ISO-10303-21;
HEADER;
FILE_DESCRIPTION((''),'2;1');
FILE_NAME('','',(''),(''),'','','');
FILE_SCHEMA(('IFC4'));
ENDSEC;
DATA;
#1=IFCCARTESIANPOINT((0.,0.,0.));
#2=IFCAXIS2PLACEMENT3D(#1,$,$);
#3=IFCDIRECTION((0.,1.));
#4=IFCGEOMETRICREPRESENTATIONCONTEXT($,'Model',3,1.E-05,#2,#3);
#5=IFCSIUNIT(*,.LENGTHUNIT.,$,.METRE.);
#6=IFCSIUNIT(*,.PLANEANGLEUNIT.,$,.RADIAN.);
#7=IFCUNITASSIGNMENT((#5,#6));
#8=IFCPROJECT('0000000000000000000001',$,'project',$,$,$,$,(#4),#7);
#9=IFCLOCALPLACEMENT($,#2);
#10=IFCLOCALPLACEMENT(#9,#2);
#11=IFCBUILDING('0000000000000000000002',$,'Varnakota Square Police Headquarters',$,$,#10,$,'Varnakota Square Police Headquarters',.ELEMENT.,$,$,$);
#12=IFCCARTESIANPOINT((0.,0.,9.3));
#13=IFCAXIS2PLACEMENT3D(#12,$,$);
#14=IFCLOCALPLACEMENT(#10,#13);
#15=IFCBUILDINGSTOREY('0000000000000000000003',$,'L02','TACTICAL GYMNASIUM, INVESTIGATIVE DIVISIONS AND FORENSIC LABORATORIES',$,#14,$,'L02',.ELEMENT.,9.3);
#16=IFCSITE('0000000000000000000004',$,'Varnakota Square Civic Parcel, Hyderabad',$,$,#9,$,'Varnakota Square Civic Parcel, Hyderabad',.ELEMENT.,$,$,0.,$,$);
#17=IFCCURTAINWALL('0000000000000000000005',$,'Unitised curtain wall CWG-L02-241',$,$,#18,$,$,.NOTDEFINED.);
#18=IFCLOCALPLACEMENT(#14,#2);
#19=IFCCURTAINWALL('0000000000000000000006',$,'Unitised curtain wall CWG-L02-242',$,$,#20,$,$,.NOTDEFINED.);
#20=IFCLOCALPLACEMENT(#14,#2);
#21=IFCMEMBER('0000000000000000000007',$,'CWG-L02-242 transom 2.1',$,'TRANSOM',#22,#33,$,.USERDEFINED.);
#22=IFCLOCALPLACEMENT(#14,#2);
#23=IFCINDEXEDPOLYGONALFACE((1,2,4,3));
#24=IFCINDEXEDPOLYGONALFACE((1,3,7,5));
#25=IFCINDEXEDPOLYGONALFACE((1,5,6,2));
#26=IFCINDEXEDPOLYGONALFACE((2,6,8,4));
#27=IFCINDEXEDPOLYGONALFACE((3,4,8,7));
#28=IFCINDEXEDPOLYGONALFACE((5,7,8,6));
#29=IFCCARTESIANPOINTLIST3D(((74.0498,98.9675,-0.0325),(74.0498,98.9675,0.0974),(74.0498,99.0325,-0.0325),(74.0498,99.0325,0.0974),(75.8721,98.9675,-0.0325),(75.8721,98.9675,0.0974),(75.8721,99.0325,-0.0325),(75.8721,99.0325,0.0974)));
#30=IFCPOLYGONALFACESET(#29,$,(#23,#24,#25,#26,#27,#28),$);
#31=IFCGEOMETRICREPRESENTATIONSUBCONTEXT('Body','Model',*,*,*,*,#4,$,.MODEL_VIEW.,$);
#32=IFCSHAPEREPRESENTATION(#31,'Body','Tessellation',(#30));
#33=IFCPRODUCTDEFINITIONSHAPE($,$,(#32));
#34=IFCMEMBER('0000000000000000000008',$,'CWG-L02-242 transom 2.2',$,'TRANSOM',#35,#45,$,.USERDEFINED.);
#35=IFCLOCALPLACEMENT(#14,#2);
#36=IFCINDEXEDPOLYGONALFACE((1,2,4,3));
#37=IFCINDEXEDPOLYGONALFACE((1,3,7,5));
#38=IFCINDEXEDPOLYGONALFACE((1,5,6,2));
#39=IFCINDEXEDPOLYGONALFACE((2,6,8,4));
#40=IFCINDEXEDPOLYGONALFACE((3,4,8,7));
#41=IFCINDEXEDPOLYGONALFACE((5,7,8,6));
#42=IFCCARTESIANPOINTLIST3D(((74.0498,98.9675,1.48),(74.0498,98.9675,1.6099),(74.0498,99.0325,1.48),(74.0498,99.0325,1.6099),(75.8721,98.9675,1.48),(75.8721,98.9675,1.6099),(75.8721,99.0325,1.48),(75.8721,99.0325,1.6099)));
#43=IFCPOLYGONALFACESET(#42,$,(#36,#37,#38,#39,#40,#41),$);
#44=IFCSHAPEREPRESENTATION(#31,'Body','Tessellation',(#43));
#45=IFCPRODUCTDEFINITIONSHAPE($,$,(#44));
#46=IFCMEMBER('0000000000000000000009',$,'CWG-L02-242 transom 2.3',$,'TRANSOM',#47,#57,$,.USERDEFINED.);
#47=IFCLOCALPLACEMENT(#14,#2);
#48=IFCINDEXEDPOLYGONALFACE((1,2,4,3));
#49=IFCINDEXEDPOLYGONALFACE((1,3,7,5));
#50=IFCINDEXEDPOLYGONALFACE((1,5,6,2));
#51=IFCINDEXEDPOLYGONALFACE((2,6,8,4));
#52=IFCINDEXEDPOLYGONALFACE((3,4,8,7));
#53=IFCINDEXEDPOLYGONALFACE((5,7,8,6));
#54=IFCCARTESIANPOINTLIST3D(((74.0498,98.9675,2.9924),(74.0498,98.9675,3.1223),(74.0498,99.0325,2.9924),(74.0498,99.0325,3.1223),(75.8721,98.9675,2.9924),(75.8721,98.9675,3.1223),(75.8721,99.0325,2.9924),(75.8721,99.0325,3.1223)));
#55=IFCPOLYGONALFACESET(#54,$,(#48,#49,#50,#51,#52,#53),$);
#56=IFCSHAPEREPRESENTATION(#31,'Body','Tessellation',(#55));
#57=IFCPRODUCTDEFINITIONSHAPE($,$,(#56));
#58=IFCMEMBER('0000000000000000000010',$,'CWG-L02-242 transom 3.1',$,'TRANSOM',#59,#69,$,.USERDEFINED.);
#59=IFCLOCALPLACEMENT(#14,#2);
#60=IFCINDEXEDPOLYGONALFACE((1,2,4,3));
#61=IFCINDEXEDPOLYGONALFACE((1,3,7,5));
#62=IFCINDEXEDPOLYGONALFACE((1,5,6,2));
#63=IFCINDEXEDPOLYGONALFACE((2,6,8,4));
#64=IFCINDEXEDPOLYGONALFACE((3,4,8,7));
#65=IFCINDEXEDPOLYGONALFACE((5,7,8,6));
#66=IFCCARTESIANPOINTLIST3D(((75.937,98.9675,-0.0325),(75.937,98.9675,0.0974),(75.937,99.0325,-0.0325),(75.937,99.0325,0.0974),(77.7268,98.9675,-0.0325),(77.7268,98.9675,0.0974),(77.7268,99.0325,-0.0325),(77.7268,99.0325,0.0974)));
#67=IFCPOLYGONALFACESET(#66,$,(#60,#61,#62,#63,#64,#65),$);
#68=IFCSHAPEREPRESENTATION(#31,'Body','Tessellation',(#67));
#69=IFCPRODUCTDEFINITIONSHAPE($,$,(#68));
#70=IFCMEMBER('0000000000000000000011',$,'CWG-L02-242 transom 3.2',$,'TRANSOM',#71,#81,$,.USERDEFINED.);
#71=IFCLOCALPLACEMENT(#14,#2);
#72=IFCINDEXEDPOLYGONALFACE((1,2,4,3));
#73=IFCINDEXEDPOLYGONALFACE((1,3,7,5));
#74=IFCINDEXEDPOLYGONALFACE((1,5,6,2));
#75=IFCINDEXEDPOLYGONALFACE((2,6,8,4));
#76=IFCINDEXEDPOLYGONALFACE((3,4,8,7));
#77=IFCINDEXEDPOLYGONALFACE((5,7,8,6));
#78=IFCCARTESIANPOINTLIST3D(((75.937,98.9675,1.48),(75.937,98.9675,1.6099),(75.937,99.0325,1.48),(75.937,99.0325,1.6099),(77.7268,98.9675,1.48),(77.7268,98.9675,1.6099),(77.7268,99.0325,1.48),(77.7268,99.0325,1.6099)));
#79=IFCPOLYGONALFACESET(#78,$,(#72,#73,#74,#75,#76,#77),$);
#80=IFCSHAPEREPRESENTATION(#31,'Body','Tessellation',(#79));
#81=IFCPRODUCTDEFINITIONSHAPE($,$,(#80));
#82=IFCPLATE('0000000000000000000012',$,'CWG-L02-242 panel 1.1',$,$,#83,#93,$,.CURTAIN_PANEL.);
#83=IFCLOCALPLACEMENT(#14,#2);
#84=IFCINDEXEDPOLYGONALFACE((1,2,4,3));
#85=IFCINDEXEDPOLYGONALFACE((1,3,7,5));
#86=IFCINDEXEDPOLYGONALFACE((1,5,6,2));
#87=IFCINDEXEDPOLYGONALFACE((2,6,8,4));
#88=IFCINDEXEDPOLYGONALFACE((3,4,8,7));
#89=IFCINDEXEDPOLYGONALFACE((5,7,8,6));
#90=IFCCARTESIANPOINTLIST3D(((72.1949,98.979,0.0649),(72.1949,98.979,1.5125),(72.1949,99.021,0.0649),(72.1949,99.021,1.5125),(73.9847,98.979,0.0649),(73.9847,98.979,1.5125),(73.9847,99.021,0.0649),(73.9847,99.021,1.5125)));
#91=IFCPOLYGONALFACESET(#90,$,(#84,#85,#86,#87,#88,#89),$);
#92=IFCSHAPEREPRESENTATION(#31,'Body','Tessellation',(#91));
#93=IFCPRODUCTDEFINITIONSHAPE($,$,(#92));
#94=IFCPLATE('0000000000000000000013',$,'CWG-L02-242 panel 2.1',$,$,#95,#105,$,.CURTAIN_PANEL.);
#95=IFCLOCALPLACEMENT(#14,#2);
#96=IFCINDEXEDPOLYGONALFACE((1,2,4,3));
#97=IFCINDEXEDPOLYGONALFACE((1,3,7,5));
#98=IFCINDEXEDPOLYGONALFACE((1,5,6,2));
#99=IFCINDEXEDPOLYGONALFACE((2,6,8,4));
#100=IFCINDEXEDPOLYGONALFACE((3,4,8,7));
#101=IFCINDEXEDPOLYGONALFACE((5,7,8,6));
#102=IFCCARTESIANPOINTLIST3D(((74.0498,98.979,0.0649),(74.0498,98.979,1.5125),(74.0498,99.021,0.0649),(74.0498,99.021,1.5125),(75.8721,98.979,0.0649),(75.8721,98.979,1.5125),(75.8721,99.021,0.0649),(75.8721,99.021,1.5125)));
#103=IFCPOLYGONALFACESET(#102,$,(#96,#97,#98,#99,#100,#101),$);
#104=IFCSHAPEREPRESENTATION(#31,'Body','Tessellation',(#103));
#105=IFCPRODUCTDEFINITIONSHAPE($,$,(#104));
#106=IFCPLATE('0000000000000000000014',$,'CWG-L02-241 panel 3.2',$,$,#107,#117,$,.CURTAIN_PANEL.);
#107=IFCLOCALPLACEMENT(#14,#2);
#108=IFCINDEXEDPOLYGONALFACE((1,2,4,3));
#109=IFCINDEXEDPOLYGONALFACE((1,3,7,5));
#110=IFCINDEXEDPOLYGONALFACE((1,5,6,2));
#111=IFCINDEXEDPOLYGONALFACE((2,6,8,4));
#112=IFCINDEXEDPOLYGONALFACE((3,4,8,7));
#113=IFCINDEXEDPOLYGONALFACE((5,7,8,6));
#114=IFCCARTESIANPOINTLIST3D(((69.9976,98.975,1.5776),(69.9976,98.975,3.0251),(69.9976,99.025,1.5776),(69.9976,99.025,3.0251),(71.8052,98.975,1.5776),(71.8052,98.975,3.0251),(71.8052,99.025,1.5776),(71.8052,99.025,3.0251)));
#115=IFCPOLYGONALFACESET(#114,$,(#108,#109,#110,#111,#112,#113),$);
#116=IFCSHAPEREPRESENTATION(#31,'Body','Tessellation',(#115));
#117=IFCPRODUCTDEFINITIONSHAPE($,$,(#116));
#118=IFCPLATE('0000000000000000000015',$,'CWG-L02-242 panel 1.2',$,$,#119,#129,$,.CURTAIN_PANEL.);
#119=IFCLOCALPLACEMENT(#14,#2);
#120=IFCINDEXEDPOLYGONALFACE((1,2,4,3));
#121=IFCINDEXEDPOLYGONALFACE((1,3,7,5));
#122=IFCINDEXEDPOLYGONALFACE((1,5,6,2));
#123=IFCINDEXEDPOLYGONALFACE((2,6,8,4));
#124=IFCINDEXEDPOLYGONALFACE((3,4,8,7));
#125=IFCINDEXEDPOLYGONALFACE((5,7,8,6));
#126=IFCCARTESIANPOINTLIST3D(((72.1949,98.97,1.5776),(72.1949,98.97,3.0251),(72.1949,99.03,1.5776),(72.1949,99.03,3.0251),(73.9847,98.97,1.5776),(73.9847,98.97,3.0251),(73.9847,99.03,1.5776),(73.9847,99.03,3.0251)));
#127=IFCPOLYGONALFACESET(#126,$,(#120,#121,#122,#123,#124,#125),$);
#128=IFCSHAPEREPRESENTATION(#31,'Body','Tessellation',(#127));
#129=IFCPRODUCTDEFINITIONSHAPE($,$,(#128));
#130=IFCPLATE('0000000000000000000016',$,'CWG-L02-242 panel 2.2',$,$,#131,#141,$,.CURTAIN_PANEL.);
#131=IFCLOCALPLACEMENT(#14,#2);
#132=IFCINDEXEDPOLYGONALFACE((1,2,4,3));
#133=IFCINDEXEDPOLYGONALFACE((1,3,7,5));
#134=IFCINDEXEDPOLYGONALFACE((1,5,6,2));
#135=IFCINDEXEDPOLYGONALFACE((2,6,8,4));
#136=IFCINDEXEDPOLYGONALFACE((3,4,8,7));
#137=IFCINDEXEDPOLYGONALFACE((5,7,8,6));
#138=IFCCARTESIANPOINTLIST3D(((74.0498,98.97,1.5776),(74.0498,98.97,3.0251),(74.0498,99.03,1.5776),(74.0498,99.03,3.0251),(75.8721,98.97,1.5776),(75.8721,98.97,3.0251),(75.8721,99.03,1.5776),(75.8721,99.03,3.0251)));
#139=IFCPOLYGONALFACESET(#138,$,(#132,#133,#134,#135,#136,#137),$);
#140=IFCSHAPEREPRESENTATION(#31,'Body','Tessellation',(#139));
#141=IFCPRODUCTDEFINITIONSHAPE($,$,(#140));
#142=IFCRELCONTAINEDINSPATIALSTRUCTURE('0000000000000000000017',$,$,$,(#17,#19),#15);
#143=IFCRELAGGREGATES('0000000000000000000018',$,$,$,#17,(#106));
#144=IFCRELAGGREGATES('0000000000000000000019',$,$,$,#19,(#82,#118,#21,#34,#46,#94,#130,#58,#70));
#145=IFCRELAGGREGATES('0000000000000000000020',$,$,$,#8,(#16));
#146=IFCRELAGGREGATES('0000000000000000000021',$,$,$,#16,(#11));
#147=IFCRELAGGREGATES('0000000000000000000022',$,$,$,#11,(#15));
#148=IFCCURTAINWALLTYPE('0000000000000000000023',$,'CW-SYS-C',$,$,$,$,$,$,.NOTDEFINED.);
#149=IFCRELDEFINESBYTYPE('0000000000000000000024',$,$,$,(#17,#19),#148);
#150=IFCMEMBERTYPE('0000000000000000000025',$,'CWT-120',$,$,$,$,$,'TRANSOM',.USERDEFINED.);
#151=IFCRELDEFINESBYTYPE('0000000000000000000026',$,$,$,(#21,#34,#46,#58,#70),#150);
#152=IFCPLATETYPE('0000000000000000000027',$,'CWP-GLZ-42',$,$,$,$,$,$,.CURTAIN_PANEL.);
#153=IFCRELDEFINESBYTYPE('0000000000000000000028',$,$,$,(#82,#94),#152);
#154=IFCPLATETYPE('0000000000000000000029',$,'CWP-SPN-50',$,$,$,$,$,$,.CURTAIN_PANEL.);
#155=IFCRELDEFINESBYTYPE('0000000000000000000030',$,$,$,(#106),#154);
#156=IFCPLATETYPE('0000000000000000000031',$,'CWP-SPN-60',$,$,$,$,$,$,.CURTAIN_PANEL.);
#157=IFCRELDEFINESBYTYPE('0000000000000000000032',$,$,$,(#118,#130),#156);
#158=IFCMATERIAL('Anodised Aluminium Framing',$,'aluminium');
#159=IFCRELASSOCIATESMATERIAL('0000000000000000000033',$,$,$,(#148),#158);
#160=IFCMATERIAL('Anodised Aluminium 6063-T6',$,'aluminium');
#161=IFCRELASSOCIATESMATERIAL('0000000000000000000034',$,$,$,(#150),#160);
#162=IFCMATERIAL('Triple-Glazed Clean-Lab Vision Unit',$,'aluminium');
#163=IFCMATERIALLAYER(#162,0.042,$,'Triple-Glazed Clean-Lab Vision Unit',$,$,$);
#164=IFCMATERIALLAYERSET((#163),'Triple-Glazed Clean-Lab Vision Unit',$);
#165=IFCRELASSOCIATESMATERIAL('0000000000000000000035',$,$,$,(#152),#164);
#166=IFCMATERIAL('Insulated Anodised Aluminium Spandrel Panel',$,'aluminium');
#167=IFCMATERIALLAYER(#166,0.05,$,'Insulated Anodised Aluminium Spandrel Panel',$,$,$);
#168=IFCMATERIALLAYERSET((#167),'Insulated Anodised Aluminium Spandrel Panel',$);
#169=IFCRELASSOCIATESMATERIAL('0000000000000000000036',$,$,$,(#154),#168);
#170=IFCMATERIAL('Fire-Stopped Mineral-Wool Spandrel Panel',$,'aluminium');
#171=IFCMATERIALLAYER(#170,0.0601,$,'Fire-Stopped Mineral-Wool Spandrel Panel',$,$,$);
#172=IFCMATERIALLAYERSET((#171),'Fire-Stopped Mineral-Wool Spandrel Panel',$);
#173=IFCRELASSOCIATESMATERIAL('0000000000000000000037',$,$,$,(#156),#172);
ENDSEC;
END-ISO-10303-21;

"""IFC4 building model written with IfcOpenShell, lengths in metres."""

from ifc_helpers import new_model, si_unit, direction, frame, origin, origin_2d, place, context, subcontext, project, spatial, rectangle, extrude, material, layer, layer_set, material_profile, profile_set, type_object, element, aggregate, save


model = new_model("IFC4")

# Units and contexts
model_context = context("Model", 3, precision=1e-05, world=origin(), true_north=direction((0.0, 1.0)))
body_context = subcontext(model_context, "Body", "Model", "MODEL_VIEW")
ifc_project = project(units=[si_unit("LENGTHUNIT", "METRE"), si_unit("PLANEANGLEUNIT", "RADIAN")], contexts=[model_context])

# Site, building, storey
site_placement = place(None, origin())
site = spatial("IfcSite", under=ifc_project, at=site_placement, Name="Varnakota Square Civic Parcel, Hyderabad", LongName="Varnakota Square Civic Parcel, Hyderabad", CompositionType="ELEMENT", RefElevation=0.0)
building_placement = place(site_placement, origin())
building = spatial("IfcBuilding", under=site, at=building_placement, Name="Varnakota Square Police Headquarters", LongName="Varnakota Square Police Headquarters", CompositionType="ELEMENT")
storey_placement = place(building_placement, frame((0.0, 0.0, 9.3)))
storey = spatial("IfcBuildingStorey", under=building, at=storey_placement, Name="L02", Description="TACTICAL GYMNASIUM, INVESTIGATIVE DIVISIONS AND FORENSIC LABORATORIES", LongName="L02", CompositionType="ELEMENT", Elevation=9.3)

# Curtain wall
ifc_material_1 = material(Name="Anodised Aluminium Framing", Category="aluminium")
curtain_wall_type = type_object("IfcCurtainWallType", Name="CW-SYS-C", PredefinedType="NOTDEFINED", material=ifc_material_1)
curtain_wall_1_placement = place(storey_placement, origin())
curtain_wall_1 = element("IfcCurtainWall", 1, at=curtain_wall_1_placement, inside=storey, type_object=curtain_wall_type, Name="Unitised curtain wall CWG-L02-241", PredefinedType="NOTDEFINED")
ifc_material_2 = material(Name="Anodised Aluminium 6063-T6", Category="aluminium")

# Curtain wall, members, plates
curtain_wall_2_placement = place(storey_placement, origin())
curtain_wall_2 = element("IfcCurtainWall", 2, at=curtain_wall_2_placement, inside=storey, type_object=curtain_wall_type, Name="Unitised curtain wall CWG-L02-242", PredefinedType="NOTDEFINED")
ifc_material_profile_1 = material_profile(ifc_material_2, rectangle(XDim=0.0649, YDim=0.1299, at=origin_2d()), Name="ALU TRANSOM 65x130")
ifc_profile_set_1 = profile_set([ifc_material_profile_1], Name="Anodised Aluminium 6063-T6")
member_type_1 = type_object("IfcMemberType", Name="CWT-120", ElementType="TRANSOM", PredefinedType="USERDEFINED", material=ifc_profile_set_1)
member_1_placement = place(storey_placement, frame((74.0498, 99.0, 0.0325), z_axis=(1.0, 0.0, 0.0), x_axis=(0.0, 1.0, 0.0)))
member_1 = element("IfcMember", 3, at=member_1_placement, type_object=member_type_1, Name="CWG-L02-242 transom 2.1", ObjectType="TRANSOM", PredefinedType="USERDEFINED", context=body_context, shape_type="SweptSolid", body=[
    extrude(rectangle(XDim=0.0649, YDim=0.1299, at=origin_2d()), origin(), (0.0, 0.0, 1.0), 1.8223),
])
member_2_placement = place(storey_placement, frame((74.0498, 99.0, 1.5449), z_axis=(1.0, 0.0, 0.0), x_axis=(0.0, 1.0, 0.0)))
member_2 = element("IfcMember", 4, at=member_2_placement, type_object=member_type_1, Name="CWG-L02-242 transom 2.2", ObjectType="TRANSOM", PredefinedType="USERDEFINED", context=body_context, shape_type="SweptSolid", body=[
    extrude(rectangle(XDim=0.0649, YDim=0.1299, at=origin_2d()), origin(), (0.0, 0.0, 1.0), 1.8223),
])
member_3_placement = place(storey_placement, frame((74.0498, 99.0, 3.0574), z_axis=(1.0, 0.0, 0.0), x_axis=(0.0, 1.0, 0.0)))
member_3 = element("IfcMember", 5, at=member_3_placement, type_object=member_type_1, Name="CWG-L02-242 transom 2.3", ObjectType="TRANSOM", PredefinedType="USERDEFINED", context=body_context, shape_type="SweptSolid", body=[
    extrude(rectangle(XDim=0.0649, YDim=0.1299, at=origin_2d()), origin(), (0.0, 0.0, 1.0), 1.8223),
])
member_4_placement = place(storey_placement, frame((75.937, 99.0, 0.0325), z_axis=(1.0, 0.0, 0.0), x_axis=(0.0, 1.0, 0.0)))
member_4 = element("IfcMember", 6, at=member_4_placement, type_object=member_type_1, Name="CWG-L02-242 transom 3.1", ObjectType="TRANSOM", PredefinedType="USERDEFINED", context=body_context, shape_type="SweptSolid", body=[
    extrude(rectangle(XDim=0.0649, YDim=0.1299, at=origin_2d()), origin(), (0.0, 0.0, 1.0), 1.7898),
])
member_5_placement = place(storey_placement, frame((75.937, 99.0, 1.5449), z_axis=(1.0, 0.0, 0.0), x_axis=(0.0, 1.0, 0.0)))
member_5 = element("IfcMember", 7, at=member_5_placement, type_object=member_type_1, Name="CWG-L02-242 transom 3.2", ObjectType="TRANSOM", PredefinedType="USERDEFINED", context=body_context, shape_type="SweptSolid", body=[
    extrude(rectangle(XDim=0.0649, YDim=0.1299, at=origin_2d()), origin(), (0.0, 0.0, 1.0), 1.7898),
])
ifc_material_3 = material(Name="Triple-Glazed Clean-Lab Vision Unit", Category="aluminium")
ifc_layer_1 = layer(ifc_material_3, 0.042, Name="Triple-Glazed Clean-Lab Vision Unit")
ifc_layer_set_1 = layer_set([ifc_layer_1], Name="Triple-Glazed Clean-Lab Vision Unit")
plate_type_1 = type_object("IfcPlateType", Name="CWP-GLZ-42", PredefinedType="CURTAIN_PANEL", material=ifc_layer_set_1)
plate_1_placement = place(storey_placement, frame((73.0898, 99.0, 0.0649), z_axis=(0.0, 0.0, 1.0), x_axis=(1.0, 0.0, 0.0)))
plate_1 = element("IfcPlate", 8, at=plate_1_placement, type_object=plate_type_1, Name="CWG-L02-242 panel 1.1", PredefinedType="CURTAIN_PANEL", context=body_context, shape_type="SweptSolid", body=[
    extrude(rectangle(XDim=1.7898, YDim=0.042, at=origin_2d()), origin(), (0.0, 0.0, 1.0), 1.4475),
])
plate_2_placement = place(storey_placement, frame((74.9609, 99.0, 0.0649), z_axis=(0.0, 0.0, 1.0), x_axis=(1.0, 0.0, 0.0)))
plate_2 = element("IfcPlate", 9, at=plate_2_placement, type_object=plate_type_1, Name="CWG-L02-242 panel 2.1", PredefinedType="CURTAIN_PANEL", context=body_context, shape_type="SweptSolid", body=[
    extrude(rectangle(XDim=1.8223, YDim=0.042, at=origin_2d()), origin(), (0.0, 0.0, 1.0), 1.4475),
])

# Plates
ifc_material_4 = material(Name="Insulated Anodised Aluminium Spandrel Panel", Category="aluminium")
ifc_layer_2 = layer(ifc_material_4, 0.05, Name="Insulated Anodised Aluminium Spandrel Panel")
ifc_layer_set_2 = layer_set([ifc_layer_2], Name="Insulated Anodised Aluminium Spandrel Panel")
plate_type_2 = type_object("IfcPlateType", Name="CWP-SPN-50", PredefinedType="CURTAIN_PANEL", material=ifc_layer_set_2)
plate_3_placement = place(storey_placement, frame((70.9014, 99.0, 1.5776), z_axis=(0.0, 0.0, 1.0), x_axis=(1.0, 0.0, 0.0)))
plate_3 = element("IfcPlate", 10, at=plate_3_placement, type_object=plate_type_2, Name="CWG-L02-241 panel 3.2", PredefinedType="CURTAIN_PANEL", context=body_context, shape_type="SweptSolid", body=[
    extrude(rectangle(XDim=1.8076, YDim=0.05, at=origin_2d()), origin(), (0.0, 0.0, 1.0), 1.4475),
])
aggregate(curtain_wall_1, [plate_3])
ifc_material_5 = material(Name="Fire-Stopped Mineral-Wool Spandrel Panel", Category="aluminium")
ifc_layer_3 = layer(ifc_material_5, 0.0601, Name="Fire-Stopped Mineral-Wool Spandrel Panel")
ifc_layer_set_3 = layer_set([ifc_layer_3], Name="Fire-Stopped Mineral-Wool Spandrel Panel")
plate_type_3 = type_object("IfcPlateType", Name="CWP-SPN-60", PredefinedType="CURTAIN_PANEL", material=ifc_layer_set_3)
plate_4_placement = place(storey_placement, frame((73.0898, 99.0, 1.5776), z_axis=(0.0, 0.0, 1.0), x_axis=(1.0, 0.0, 0.0)))
plate_4 = element("IfcPlate", 11, at=plate_4_placement, type_object=plate_type_3, Name="CWG-L02-242 panel 1.2", PredefinedType="CURTAIN_PANEL", context=body_context, shape_type="SweptSolid", body=[
    extrude(rectangle(XDim=1.7898, YDim=0.0601, at=origin_2d()), origin(), (0.0, 0.0, 1.0), 1.4475),
])
plate_5_placement = place(storey_placement, frame((74.9609, 99.0, 1.5776), z_axis=(0.0, 0.0, 1.0), x_axis=(1.0, 0.0, 0.0)))
plate_5 = element("IfcPlate", 12, at=plate_5_placement, type_object=plate_type_3, Name="CWG-L02-242 panel 2.2", PredefinedType="CURTAIN_PANEL", context=body_context, shape_type="SweptSolid", body=[
    extrude(rectangle(XDim=1.8223, YDim=0.0601, at=origin_2d()), origin(), (0.0, 0.0, 1.0), 1.4475),
])
aggregate(curtain_wall_2, [plate_1, plate_4, member_1, member_2, member_3, plate_2, plate_5, member_4, member_5])

save(model, "model.ifc")
